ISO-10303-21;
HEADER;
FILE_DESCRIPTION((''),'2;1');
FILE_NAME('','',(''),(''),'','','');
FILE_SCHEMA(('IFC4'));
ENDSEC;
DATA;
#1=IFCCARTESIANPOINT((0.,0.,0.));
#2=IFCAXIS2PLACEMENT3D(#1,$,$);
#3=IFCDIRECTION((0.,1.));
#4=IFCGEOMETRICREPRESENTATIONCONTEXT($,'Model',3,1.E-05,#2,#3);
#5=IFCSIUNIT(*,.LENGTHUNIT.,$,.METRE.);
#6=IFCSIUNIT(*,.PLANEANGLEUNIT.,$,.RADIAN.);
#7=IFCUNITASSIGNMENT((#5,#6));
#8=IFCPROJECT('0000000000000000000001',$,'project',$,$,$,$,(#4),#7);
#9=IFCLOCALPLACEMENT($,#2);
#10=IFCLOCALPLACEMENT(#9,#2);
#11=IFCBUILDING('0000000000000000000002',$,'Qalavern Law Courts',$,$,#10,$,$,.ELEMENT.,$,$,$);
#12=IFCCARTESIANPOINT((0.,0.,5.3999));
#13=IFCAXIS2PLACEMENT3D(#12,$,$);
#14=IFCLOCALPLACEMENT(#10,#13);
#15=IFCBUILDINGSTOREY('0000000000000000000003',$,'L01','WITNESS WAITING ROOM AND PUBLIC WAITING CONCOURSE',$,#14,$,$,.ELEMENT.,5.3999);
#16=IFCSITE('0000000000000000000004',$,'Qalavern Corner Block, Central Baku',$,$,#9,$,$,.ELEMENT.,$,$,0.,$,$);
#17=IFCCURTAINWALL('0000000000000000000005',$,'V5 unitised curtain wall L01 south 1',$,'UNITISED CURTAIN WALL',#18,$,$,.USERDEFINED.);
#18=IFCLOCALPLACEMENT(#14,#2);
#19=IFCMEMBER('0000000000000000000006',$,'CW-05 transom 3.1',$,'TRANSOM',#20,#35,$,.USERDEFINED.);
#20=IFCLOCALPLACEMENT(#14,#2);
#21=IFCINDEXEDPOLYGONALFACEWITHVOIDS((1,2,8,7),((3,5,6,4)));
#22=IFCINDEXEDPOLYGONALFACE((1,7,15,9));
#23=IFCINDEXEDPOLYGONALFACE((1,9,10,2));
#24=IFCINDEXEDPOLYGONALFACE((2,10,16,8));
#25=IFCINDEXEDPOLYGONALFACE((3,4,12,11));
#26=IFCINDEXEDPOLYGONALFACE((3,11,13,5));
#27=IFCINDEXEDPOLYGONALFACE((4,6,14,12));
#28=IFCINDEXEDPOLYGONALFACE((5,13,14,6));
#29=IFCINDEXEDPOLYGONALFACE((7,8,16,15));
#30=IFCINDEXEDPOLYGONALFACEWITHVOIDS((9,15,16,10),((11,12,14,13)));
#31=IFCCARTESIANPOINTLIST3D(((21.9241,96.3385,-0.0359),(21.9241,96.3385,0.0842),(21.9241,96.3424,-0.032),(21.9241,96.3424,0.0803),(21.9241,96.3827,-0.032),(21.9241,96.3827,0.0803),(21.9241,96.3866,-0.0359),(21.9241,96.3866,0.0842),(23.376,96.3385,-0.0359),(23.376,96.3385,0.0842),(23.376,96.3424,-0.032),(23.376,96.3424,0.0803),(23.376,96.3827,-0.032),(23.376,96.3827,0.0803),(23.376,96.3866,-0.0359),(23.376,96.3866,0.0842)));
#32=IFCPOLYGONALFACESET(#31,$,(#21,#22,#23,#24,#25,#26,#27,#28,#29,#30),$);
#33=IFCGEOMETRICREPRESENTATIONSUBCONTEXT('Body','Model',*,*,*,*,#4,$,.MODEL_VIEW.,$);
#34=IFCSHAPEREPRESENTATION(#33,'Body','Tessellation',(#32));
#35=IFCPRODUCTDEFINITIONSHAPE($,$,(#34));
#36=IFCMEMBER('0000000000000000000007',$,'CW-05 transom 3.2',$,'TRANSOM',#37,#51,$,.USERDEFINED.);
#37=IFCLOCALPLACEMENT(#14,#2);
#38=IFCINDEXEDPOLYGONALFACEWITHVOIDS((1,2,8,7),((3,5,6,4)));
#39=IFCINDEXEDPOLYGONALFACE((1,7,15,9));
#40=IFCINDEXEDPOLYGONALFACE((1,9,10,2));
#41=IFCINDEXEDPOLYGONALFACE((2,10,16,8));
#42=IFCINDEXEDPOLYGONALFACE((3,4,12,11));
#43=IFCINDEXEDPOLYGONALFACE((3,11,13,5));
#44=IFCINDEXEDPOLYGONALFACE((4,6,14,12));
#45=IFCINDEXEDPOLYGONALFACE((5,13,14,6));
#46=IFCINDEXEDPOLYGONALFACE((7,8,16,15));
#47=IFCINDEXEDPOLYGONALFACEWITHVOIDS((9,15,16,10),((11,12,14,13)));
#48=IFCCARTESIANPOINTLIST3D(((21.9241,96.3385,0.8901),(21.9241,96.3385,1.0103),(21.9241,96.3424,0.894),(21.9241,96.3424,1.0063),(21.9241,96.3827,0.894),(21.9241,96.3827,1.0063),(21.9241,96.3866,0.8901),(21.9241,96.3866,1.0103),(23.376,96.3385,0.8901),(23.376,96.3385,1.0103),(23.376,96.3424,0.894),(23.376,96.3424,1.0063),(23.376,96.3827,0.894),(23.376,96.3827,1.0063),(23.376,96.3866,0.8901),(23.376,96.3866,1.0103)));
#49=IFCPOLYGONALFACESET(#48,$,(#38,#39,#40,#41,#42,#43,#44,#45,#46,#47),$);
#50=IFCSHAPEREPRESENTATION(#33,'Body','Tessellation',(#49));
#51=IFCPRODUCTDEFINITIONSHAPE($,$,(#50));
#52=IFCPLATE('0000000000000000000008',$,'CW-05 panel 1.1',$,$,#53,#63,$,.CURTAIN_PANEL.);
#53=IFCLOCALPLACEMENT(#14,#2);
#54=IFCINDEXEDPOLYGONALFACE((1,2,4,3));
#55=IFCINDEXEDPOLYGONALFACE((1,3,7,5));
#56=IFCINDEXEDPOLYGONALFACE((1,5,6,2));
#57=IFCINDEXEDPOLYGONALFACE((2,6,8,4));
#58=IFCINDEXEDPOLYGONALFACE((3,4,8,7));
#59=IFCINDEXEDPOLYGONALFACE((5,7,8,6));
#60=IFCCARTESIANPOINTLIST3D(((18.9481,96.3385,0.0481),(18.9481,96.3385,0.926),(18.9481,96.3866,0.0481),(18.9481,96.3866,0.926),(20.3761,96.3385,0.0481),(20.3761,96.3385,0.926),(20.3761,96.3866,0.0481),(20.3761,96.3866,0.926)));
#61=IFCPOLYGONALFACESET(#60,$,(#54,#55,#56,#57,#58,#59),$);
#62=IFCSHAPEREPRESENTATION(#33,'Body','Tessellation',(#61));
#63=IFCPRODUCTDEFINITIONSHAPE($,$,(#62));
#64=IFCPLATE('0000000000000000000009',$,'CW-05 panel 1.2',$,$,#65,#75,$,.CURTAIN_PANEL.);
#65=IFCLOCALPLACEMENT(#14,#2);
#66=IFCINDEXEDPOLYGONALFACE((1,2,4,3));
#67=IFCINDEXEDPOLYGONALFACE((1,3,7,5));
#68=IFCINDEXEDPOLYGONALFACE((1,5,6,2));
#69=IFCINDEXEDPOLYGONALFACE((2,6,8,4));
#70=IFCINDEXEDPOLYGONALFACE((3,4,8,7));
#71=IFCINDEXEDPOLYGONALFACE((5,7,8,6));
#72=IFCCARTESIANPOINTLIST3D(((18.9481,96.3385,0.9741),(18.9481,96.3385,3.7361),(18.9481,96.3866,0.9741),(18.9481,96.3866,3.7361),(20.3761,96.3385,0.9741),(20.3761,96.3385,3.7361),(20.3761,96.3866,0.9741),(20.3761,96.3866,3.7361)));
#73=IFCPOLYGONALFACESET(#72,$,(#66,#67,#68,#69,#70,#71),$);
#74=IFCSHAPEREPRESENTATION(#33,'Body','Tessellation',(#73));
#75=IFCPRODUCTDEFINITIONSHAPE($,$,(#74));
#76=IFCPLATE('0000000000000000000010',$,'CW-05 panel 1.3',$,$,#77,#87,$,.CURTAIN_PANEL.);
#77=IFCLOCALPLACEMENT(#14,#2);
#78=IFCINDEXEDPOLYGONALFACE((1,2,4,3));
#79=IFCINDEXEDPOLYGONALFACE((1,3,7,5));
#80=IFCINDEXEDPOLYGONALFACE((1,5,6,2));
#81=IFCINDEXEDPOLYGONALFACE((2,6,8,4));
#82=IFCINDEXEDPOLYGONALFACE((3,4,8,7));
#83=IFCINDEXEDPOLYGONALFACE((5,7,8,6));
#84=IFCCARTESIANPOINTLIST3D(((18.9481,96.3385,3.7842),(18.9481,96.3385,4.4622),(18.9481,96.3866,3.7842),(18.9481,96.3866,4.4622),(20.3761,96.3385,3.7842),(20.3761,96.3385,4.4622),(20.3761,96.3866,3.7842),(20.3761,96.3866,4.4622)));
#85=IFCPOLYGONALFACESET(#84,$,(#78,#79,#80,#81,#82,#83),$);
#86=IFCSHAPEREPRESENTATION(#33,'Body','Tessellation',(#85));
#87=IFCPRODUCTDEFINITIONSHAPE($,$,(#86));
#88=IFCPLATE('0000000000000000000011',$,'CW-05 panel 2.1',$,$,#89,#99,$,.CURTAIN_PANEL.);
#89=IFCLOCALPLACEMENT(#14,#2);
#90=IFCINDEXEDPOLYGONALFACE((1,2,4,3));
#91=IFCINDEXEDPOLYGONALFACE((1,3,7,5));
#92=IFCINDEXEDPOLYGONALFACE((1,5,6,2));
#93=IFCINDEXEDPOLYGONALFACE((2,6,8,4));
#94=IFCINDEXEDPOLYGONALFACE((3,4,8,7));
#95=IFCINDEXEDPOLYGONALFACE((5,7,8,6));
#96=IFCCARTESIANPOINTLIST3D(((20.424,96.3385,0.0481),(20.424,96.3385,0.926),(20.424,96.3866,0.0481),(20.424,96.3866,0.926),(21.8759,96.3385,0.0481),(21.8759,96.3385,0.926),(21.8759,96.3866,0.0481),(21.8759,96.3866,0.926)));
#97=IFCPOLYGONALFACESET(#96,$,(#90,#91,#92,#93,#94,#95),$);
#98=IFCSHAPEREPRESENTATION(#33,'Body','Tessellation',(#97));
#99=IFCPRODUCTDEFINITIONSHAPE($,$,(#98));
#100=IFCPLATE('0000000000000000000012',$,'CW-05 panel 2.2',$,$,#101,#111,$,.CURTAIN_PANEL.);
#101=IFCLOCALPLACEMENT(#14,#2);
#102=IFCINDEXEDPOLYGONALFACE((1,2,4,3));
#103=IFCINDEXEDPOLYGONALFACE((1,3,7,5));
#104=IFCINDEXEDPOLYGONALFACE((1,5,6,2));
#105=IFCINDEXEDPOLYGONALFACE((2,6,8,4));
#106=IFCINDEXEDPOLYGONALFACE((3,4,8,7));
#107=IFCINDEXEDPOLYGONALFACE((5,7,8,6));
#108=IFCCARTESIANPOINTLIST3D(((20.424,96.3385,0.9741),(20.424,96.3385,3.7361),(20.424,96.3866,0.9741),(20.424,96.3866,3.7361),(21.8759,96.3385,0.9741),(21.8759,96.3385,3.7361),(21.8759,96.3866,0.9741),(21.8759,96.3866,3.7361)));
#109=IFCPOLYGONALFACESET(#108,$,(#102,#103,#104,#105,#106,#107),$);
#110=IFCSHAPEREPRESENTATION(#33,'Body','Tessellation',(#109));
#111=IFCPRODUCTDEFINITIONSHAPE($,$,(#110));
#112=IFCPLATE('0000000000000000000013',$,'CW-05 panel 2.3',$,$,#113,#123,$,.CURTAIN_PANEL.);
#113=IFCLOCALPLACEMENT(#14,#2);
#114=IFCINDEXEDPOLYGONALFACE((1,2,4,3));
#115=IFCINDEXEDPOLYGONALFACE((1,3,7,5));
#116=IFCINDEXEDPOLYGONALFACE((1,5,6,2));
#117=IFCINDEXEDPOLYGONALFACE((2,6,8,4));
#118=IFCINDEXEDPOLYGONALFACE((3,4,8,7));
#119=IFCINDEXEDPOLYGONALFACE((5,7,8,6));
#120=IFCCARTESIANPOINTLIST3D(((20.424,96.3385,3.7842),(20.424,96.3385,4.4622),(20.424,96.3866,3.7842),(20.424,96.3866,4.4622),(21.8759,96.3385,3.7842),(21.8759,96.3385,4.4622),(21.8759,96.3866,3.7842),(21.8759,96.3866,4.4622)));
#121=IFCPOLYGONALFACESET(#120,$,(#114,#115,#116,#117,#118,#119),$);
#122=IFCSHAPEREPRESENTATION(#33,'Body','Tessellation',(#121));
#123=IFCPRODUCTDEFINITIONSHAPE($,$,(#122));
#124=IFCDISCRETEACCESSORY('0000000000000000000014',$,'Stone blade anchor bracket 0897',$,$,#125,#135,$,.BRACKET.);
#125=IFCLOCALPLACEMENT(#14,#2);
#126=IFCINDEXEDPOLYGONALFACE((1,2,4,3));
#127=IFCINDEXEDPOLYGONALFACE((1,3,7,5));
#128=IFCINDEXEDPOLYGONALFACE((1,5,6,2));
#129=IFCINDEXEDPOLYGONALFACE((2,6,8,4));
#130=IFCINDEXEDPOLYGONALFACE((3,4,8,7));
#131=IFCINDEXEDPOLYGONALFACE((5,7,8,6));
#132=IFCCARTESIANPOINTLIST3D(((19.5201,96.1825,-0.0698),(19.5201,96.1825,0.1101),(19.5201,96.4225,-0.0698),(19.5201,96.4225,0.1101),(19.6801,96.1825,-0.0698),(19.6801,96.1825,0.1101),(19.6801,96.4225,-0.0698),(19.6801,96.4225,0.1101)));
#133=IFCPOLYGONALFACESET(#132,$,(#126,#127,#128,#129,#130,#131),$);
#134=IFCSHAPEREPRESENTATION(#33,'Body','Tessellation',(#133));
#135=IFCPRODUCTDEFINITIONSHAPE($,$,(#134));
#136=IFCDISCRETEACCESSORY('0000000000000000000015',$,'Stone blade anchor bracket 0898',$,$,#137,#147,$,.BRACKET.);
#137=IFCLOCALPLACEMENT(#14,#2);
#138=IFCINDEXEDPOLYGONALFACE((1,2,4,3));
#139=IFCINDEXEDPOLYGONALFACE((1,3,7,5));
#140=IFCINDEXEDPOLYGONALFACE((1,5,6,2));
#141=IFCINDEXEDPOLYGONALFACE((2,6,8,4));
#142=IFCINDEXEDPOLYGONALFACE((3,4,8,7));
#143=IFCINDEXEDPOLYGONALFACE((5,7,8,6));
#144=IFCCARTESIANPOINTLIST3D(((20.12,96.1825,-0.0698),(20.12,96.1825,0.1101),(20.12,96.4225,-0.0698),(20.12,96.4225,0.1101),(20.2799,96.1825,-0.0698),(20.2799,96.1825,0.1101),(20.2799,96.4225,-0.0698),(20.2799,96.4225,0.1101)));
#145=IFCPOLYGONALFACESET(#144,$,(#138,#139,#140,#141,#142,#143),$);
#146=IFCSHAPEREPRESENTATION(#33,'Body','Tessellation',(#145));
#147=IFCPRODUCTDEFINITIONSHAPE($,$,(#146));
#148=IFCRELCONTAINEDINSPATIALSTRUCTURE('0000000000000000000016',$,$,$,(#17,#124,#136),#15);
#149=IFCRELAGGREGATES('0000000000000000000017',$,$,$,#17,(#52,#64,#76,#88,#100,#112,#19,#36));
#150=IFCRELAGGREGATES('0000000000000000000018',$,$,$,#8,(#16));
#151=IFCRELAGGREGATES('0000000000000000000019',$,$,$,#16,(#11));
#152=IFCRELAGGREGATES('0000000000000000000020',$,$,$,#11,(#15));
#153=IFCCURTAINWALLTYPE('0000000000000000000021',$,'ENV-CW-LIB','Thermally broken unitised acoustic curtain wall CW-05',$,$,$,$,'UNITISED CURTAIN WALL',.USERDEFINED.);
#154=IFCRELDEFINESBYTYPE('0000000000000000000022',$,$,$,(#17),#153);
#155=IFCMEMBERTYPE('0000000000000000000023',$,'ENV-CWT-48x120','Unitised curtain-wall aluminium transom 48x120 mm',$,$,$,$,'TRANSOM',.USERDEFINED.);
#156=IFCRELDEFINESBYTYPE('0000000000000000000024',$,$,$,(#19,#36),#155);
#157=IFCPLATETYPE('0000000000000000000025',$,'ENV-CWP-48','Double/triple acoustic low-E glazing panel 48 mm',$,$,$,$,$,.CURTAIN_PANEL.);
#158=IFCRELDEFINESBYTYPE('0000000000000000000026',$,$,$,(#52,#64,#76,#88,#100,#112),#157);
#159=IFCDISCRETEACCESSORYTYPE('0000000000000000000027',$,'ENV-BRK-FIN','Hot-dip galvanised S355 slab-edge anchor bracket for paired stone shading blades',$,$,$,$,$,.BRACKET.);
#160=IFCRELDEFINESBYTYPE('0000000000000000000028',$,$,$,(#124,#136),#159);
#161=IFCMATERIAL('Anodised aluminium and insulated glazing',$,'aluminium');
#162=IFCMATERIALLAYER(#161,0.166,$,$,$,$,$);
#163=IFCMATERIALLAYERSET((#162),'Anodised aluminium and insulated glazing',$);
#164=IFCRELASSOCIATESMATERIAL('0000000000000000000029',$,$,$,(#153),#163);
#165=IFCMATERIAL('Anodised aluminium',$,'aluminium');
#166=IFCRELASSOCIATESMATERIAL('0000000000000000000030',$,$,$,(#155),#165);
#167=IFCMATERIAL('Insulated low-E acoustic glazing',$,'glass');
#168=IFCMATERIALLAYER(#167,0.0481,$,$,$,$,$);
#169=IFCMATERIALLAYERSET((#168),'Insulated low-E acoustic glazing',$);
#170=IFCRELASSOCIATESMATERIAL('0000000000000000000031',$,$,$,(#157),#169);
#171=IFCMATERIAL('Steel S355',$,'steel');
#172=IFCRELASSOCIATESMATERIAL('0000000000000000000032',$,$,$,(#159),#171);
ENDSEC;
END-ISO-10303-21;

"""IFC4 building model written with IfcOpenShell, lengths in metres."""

from ifc_helpers import new_model, si_unit, direction, frame, origin, origin_2d, place, context, subcontext, project, spatial, rectangle, hollow_rectangle, extrude, material, layer, layer_set, material_profile, profile_set, type_object, element, aggregate, save


model = new_model("IFC4")

# Units and contexts
model_context = context("Model", 3, precision=1e-05, world=origin(), true_north=direction((0.0, 1.0)))
body_context = subcontext(model_context, "Body", "Model", "MODEL_VIEW")
ifc_project = project(units=[si_unit("LENGTHUNIT", "METRE"), si_unit("PLANEANGLEUNIT", "RADIAN")], contexts=[model_context])

# Site, building, storey
site_placement = place(None, origin())
site = spatial("IfcSite", under=ifc_project, at=site_placement, Name="Qalavern Corner Block, Central Baku", CompositionType="ELEMENT", RefElevation=0.0)
building_placement = place(site_placement, origin())
building = spatial("IfcBuilding", under=site, at=building_placement, Name="Qalavern Law Courts", CompositionType="ELEMENT")
storey_placement = place(building_placement, frame((0.0, 0.0, 5.3999)))
storey = spatial("IfcBuildingStorey", under=building, at=storey_placement, Name="L01", Description="WITNESS WAITING ROOM AND PUBLIC WAITING CONCOURSE", CompositionType="ELEMENT", Elevation=5.3999)

# Curtain wall, members, plates
ifc_material_1 = material(Name="Anodised aluminium and insulated glazing", Category="aluminium")
ifc_layer_1 = layer(ifc_material_1, 0.166)
ifc_layer_set_1 = layer_set([ifc_layer_1], Name="Anodised aluminium and insulated glazing")
curtain_wall_type = type_object("IfcCurtainWallType", Name="ENV-CW-LIB", Description="Thermally broken unitised acoustic curtain wall CW-05", ElementType="UNITISED CURTAIN WALL", PredefinedType="USERDEFINED", material=ifc_layer_set_1)
curtain_wall_placement = place(storey_placement, origin())
curtain_wall = element("IfcCurtainWall", 1, at=curtain_wall_placement, inside=storey, type_object=curtain_wall_type, Name="V5 unitised curtain wall L01 south 1", ObjectType="UNITISED CURTAIN WALL", PredefinedType="USERDEFINED")
ifc_material_2 = material(Name="Anodised aluminium", Category="aluminium")
ifc_material_profile_1 = material_profile(ifc_material_2, hollow_rectangle(XDim=0.0481, YDim=0.1201, WallThickness=0.0039, at=origin_2d()), Name="ALU TRANSOM 48x120")
ifc_profile_set_1 = profile_set([ifc_material_profile_1], Name="Anodised aluminium")
member_type_1 = type_object("IfcMemberType", Name="ENV-CWT-48x120", Description="Unitised curtain-wall aluminium transom 48x120 mm", ElementType="TRANSOM", PredefinedType="USERDEFINED", material=ifc_profile_set_1)
member_1_placement = place(storey_placement, frame((21.9241, 96.3625, 0.0242), z_axis=(1.0, 0.0, 0.0), x_axis=(0.0, 1.0, 0.0)))
member_1 = element("IfcMember", 2, at=member_1_placement, type_object=member_type_1, Name="CW-05 transom 3.1", ObjectType="TRANSOM", PredefinedType="USERDEFINED", context=body_context, shape_type="SweptSolid", body=[
    extrude(hollow_rectangle(XDim=0.0481, YDim=0.1201, WallThickness=0.0039, at=origin_2d()), origin(), (0.0, 0.0, 1.0), 1.4519),
])
member_2_placement = place(storey_placement, frame((21.9241, 96.3625, 0.9502), z_axis=(1.0, 0.0, 0.0), x_axis=(0.0, 1.0, 0.0)))
member_2 = element("IfcMember", 3, at=member_2_placement, type_object=member_type_1, Name="CW-05 transom 3.2", ObjectType="TRANSOM", PredefinedType="USERDEFINED", context=body_context, shape_type="SweptSolid", body=[
    extrude(hollow_rectangle(XDim=0.0481, YDim=0.1201, WallThickness=0.0039, at=origin_2d()), origin(), (0.0, 0.0, 1.0), 1.4519),
])
ifc_material_3 = material(Name="Insulated low-E acoustic glazing", Category="glass")
ifc_layer_2 = layer(ifc_material_3, 0.0481)
ifc_layer_set_2 = layer_set([ifc_layer_2], Name="Insulated low-E acoustic glazing")
plate_type = type_object("IfcPlateType", Name="ENV-CWP-48", Description="Double/triple acoustic low-E glazing panel 48 mm", PredefinedType="CURTAIN_PANEL", material=ifc_layer_set_2)
plate_1_placement = place(storey_placement, frame((19.6621, 96.3625, 0.0481), z_axis=(0.0, 0.0, 1.0), x_axis=(1.0, 0.0, 0.0)))
plate_1 = element("IfcPlate", 4, at=plate_1_placement, type_object=plate_type, Name="CW-05 panel 1.1", PredefinedType="CURTAIN_PANEL", context=body_context, shape_type="SweptSolid", body=[
    extrude(rectangle(XDim=1.428, YDim=0.0481, at=origin_2d()), origin(), (0.0, 0.0, 1.0), 0.8779),
])
plate_2_placement = place(storey_placement, frame((19.6621, 96.3625, 0.9741), z_axis=(0.0, 0.0, 1.0), x_axis=(1.0, 0.0, 0.0)))
plate_2 = element("IfcPlate", 5, at=plate_2_placement, type_object=plate_type, Name="CW-05 panel 1.2", PredefinedType="CURTAIN_PANEL", context=body_context, shape_type="SweptSolid", body=[
    extrude(rectangle(XDim=1.428, YDim=0.0481, at=origin_2d()), origin(), (0.0, 0.0, 1.0), 2.762),
])
plate_3_placement = place(storey_placement, frame((19.6621, 96.3625, 3.7842), z_axis=(0.0, 0.0, 1.0), x_axis=(1.0, 0.0, 0.0)))
plate_3 = element("IfcPlate", 6, at=plate_3_placement, type_object=plate_type, Name="CW-05 panel 1.3", PredefinedType="CURTAIN_PANEL", context=body_context, shape_type="SweptSolid", body=[
    extrude(rectangle(XDim=1.428, YDim=0.0481, at=origin_2d()), origin(), (0.0, 0.0, 1.0), 0.678),
])
plate_4_placement = place(storey_placement, frame((21.1499, 96.3625, 0.0481), z_axis=(0.0, 0.0, 1.0), x_axis=(1.0, 0.0, 0.0)))
plate_4 = element("IfcPlate", 7, at=plate_4_placement, type_object=plate_type, Name="CW-05 panel 2.1", PredefinedType="CURTAIN_PANEL", context=body_context, shape_type="SweptSolid", body=[
    extrude(rectangle(XDim=1.4519, YDim=0.0481, at=origin_2d()), origin(), (0.0, 0.0, 1.0), 0.8779),
])
plate_5_placement = place(storey_placement, frame((21.1499, 96.3625, 0.9741), z_axis=(0.0, 0.0, 1.0), x_axis=(1.0, 0.0, 0.0)))
plate_5 = element("IfcPlate", 8, at=plate_5_placement, type_object=plate_type, Name="CW-05 panel 2.2", PredefinedType="CURTAIN_PANEL", context=body_context, shape_type="SweptSolid", body=[
    extrude(rectangle(XDim=1.4519, YDim=0.0481, at=origin_2d()), origin(), (0.0, 0.0, 1.0), 2.762),
])
plate_6_placement = place(storey_placement, frame((21.1499, 96.3625, 3.7842), z_axis=(0.0, 0.0, 1.0), x_axis=(1.0, 0.0, 0.0)))
plate_6 = element("IfcPlate", 9, at=plate_6_placement, type_object=plate_type, Name="CW-05 panel 2.3", PredefinedType="CURTAIN_PANEL", context=body_context, shape_type="SweptSolid", body=[
    extrude(rectangle(XDim=1.4519, YDim=0.0481, at=origin_2d()), origin(), (0.0, 0.0, 1.0), 0.678),
])
aggregate(curtain_wall, [plate_1, plate_2, plate_3, plate_4, plate_5, plate_6, member_1, member_2])

# Discrete accessories
ifc_material_4 = material(Name="Steel S355", Category="steel")
discrete_accessory_type = type_object("IfcDiscreteAccessoryType", Name="ENV-BRK-FIN", Description="Hot-dip galvanised S355 slab-edge anchor bracket for paired stone shading blades", PredefinedType="BRACKET", material=ifc_material_4)
for number, where, z_axis, x_axis, name in (
    (10, (19.6001, 96.3025, -0.0698), (0.0, 0.0, 1.0), (0.0, -1.0, 0.0), "Stone blade anchor bracket 0897"),
    (11, (20.2, 96.3025, -0.0698), (0.0, 0.0, 1.0), (0.0, -1.0, 0.0), "Stone blade anchor bracket 0898"),
):
    element("IfcDiscreteAccessory", number, at=place(storey_placement, frame(where, z_axis=z_axis, x_axis=x_axis)), inside=storey, type_object=discrete_accessory_type, Name=name, PredefinedType="BRACKET", context=body_context, shape_type="SweptSolid", body=[
        extrude(rectangle(XDim=0.24, YDim=0.1599, at=origin_2d()), origin(), (0.0, 0.0, 1.0), 0.1799),
    ])

save(model, "model.ifc")
